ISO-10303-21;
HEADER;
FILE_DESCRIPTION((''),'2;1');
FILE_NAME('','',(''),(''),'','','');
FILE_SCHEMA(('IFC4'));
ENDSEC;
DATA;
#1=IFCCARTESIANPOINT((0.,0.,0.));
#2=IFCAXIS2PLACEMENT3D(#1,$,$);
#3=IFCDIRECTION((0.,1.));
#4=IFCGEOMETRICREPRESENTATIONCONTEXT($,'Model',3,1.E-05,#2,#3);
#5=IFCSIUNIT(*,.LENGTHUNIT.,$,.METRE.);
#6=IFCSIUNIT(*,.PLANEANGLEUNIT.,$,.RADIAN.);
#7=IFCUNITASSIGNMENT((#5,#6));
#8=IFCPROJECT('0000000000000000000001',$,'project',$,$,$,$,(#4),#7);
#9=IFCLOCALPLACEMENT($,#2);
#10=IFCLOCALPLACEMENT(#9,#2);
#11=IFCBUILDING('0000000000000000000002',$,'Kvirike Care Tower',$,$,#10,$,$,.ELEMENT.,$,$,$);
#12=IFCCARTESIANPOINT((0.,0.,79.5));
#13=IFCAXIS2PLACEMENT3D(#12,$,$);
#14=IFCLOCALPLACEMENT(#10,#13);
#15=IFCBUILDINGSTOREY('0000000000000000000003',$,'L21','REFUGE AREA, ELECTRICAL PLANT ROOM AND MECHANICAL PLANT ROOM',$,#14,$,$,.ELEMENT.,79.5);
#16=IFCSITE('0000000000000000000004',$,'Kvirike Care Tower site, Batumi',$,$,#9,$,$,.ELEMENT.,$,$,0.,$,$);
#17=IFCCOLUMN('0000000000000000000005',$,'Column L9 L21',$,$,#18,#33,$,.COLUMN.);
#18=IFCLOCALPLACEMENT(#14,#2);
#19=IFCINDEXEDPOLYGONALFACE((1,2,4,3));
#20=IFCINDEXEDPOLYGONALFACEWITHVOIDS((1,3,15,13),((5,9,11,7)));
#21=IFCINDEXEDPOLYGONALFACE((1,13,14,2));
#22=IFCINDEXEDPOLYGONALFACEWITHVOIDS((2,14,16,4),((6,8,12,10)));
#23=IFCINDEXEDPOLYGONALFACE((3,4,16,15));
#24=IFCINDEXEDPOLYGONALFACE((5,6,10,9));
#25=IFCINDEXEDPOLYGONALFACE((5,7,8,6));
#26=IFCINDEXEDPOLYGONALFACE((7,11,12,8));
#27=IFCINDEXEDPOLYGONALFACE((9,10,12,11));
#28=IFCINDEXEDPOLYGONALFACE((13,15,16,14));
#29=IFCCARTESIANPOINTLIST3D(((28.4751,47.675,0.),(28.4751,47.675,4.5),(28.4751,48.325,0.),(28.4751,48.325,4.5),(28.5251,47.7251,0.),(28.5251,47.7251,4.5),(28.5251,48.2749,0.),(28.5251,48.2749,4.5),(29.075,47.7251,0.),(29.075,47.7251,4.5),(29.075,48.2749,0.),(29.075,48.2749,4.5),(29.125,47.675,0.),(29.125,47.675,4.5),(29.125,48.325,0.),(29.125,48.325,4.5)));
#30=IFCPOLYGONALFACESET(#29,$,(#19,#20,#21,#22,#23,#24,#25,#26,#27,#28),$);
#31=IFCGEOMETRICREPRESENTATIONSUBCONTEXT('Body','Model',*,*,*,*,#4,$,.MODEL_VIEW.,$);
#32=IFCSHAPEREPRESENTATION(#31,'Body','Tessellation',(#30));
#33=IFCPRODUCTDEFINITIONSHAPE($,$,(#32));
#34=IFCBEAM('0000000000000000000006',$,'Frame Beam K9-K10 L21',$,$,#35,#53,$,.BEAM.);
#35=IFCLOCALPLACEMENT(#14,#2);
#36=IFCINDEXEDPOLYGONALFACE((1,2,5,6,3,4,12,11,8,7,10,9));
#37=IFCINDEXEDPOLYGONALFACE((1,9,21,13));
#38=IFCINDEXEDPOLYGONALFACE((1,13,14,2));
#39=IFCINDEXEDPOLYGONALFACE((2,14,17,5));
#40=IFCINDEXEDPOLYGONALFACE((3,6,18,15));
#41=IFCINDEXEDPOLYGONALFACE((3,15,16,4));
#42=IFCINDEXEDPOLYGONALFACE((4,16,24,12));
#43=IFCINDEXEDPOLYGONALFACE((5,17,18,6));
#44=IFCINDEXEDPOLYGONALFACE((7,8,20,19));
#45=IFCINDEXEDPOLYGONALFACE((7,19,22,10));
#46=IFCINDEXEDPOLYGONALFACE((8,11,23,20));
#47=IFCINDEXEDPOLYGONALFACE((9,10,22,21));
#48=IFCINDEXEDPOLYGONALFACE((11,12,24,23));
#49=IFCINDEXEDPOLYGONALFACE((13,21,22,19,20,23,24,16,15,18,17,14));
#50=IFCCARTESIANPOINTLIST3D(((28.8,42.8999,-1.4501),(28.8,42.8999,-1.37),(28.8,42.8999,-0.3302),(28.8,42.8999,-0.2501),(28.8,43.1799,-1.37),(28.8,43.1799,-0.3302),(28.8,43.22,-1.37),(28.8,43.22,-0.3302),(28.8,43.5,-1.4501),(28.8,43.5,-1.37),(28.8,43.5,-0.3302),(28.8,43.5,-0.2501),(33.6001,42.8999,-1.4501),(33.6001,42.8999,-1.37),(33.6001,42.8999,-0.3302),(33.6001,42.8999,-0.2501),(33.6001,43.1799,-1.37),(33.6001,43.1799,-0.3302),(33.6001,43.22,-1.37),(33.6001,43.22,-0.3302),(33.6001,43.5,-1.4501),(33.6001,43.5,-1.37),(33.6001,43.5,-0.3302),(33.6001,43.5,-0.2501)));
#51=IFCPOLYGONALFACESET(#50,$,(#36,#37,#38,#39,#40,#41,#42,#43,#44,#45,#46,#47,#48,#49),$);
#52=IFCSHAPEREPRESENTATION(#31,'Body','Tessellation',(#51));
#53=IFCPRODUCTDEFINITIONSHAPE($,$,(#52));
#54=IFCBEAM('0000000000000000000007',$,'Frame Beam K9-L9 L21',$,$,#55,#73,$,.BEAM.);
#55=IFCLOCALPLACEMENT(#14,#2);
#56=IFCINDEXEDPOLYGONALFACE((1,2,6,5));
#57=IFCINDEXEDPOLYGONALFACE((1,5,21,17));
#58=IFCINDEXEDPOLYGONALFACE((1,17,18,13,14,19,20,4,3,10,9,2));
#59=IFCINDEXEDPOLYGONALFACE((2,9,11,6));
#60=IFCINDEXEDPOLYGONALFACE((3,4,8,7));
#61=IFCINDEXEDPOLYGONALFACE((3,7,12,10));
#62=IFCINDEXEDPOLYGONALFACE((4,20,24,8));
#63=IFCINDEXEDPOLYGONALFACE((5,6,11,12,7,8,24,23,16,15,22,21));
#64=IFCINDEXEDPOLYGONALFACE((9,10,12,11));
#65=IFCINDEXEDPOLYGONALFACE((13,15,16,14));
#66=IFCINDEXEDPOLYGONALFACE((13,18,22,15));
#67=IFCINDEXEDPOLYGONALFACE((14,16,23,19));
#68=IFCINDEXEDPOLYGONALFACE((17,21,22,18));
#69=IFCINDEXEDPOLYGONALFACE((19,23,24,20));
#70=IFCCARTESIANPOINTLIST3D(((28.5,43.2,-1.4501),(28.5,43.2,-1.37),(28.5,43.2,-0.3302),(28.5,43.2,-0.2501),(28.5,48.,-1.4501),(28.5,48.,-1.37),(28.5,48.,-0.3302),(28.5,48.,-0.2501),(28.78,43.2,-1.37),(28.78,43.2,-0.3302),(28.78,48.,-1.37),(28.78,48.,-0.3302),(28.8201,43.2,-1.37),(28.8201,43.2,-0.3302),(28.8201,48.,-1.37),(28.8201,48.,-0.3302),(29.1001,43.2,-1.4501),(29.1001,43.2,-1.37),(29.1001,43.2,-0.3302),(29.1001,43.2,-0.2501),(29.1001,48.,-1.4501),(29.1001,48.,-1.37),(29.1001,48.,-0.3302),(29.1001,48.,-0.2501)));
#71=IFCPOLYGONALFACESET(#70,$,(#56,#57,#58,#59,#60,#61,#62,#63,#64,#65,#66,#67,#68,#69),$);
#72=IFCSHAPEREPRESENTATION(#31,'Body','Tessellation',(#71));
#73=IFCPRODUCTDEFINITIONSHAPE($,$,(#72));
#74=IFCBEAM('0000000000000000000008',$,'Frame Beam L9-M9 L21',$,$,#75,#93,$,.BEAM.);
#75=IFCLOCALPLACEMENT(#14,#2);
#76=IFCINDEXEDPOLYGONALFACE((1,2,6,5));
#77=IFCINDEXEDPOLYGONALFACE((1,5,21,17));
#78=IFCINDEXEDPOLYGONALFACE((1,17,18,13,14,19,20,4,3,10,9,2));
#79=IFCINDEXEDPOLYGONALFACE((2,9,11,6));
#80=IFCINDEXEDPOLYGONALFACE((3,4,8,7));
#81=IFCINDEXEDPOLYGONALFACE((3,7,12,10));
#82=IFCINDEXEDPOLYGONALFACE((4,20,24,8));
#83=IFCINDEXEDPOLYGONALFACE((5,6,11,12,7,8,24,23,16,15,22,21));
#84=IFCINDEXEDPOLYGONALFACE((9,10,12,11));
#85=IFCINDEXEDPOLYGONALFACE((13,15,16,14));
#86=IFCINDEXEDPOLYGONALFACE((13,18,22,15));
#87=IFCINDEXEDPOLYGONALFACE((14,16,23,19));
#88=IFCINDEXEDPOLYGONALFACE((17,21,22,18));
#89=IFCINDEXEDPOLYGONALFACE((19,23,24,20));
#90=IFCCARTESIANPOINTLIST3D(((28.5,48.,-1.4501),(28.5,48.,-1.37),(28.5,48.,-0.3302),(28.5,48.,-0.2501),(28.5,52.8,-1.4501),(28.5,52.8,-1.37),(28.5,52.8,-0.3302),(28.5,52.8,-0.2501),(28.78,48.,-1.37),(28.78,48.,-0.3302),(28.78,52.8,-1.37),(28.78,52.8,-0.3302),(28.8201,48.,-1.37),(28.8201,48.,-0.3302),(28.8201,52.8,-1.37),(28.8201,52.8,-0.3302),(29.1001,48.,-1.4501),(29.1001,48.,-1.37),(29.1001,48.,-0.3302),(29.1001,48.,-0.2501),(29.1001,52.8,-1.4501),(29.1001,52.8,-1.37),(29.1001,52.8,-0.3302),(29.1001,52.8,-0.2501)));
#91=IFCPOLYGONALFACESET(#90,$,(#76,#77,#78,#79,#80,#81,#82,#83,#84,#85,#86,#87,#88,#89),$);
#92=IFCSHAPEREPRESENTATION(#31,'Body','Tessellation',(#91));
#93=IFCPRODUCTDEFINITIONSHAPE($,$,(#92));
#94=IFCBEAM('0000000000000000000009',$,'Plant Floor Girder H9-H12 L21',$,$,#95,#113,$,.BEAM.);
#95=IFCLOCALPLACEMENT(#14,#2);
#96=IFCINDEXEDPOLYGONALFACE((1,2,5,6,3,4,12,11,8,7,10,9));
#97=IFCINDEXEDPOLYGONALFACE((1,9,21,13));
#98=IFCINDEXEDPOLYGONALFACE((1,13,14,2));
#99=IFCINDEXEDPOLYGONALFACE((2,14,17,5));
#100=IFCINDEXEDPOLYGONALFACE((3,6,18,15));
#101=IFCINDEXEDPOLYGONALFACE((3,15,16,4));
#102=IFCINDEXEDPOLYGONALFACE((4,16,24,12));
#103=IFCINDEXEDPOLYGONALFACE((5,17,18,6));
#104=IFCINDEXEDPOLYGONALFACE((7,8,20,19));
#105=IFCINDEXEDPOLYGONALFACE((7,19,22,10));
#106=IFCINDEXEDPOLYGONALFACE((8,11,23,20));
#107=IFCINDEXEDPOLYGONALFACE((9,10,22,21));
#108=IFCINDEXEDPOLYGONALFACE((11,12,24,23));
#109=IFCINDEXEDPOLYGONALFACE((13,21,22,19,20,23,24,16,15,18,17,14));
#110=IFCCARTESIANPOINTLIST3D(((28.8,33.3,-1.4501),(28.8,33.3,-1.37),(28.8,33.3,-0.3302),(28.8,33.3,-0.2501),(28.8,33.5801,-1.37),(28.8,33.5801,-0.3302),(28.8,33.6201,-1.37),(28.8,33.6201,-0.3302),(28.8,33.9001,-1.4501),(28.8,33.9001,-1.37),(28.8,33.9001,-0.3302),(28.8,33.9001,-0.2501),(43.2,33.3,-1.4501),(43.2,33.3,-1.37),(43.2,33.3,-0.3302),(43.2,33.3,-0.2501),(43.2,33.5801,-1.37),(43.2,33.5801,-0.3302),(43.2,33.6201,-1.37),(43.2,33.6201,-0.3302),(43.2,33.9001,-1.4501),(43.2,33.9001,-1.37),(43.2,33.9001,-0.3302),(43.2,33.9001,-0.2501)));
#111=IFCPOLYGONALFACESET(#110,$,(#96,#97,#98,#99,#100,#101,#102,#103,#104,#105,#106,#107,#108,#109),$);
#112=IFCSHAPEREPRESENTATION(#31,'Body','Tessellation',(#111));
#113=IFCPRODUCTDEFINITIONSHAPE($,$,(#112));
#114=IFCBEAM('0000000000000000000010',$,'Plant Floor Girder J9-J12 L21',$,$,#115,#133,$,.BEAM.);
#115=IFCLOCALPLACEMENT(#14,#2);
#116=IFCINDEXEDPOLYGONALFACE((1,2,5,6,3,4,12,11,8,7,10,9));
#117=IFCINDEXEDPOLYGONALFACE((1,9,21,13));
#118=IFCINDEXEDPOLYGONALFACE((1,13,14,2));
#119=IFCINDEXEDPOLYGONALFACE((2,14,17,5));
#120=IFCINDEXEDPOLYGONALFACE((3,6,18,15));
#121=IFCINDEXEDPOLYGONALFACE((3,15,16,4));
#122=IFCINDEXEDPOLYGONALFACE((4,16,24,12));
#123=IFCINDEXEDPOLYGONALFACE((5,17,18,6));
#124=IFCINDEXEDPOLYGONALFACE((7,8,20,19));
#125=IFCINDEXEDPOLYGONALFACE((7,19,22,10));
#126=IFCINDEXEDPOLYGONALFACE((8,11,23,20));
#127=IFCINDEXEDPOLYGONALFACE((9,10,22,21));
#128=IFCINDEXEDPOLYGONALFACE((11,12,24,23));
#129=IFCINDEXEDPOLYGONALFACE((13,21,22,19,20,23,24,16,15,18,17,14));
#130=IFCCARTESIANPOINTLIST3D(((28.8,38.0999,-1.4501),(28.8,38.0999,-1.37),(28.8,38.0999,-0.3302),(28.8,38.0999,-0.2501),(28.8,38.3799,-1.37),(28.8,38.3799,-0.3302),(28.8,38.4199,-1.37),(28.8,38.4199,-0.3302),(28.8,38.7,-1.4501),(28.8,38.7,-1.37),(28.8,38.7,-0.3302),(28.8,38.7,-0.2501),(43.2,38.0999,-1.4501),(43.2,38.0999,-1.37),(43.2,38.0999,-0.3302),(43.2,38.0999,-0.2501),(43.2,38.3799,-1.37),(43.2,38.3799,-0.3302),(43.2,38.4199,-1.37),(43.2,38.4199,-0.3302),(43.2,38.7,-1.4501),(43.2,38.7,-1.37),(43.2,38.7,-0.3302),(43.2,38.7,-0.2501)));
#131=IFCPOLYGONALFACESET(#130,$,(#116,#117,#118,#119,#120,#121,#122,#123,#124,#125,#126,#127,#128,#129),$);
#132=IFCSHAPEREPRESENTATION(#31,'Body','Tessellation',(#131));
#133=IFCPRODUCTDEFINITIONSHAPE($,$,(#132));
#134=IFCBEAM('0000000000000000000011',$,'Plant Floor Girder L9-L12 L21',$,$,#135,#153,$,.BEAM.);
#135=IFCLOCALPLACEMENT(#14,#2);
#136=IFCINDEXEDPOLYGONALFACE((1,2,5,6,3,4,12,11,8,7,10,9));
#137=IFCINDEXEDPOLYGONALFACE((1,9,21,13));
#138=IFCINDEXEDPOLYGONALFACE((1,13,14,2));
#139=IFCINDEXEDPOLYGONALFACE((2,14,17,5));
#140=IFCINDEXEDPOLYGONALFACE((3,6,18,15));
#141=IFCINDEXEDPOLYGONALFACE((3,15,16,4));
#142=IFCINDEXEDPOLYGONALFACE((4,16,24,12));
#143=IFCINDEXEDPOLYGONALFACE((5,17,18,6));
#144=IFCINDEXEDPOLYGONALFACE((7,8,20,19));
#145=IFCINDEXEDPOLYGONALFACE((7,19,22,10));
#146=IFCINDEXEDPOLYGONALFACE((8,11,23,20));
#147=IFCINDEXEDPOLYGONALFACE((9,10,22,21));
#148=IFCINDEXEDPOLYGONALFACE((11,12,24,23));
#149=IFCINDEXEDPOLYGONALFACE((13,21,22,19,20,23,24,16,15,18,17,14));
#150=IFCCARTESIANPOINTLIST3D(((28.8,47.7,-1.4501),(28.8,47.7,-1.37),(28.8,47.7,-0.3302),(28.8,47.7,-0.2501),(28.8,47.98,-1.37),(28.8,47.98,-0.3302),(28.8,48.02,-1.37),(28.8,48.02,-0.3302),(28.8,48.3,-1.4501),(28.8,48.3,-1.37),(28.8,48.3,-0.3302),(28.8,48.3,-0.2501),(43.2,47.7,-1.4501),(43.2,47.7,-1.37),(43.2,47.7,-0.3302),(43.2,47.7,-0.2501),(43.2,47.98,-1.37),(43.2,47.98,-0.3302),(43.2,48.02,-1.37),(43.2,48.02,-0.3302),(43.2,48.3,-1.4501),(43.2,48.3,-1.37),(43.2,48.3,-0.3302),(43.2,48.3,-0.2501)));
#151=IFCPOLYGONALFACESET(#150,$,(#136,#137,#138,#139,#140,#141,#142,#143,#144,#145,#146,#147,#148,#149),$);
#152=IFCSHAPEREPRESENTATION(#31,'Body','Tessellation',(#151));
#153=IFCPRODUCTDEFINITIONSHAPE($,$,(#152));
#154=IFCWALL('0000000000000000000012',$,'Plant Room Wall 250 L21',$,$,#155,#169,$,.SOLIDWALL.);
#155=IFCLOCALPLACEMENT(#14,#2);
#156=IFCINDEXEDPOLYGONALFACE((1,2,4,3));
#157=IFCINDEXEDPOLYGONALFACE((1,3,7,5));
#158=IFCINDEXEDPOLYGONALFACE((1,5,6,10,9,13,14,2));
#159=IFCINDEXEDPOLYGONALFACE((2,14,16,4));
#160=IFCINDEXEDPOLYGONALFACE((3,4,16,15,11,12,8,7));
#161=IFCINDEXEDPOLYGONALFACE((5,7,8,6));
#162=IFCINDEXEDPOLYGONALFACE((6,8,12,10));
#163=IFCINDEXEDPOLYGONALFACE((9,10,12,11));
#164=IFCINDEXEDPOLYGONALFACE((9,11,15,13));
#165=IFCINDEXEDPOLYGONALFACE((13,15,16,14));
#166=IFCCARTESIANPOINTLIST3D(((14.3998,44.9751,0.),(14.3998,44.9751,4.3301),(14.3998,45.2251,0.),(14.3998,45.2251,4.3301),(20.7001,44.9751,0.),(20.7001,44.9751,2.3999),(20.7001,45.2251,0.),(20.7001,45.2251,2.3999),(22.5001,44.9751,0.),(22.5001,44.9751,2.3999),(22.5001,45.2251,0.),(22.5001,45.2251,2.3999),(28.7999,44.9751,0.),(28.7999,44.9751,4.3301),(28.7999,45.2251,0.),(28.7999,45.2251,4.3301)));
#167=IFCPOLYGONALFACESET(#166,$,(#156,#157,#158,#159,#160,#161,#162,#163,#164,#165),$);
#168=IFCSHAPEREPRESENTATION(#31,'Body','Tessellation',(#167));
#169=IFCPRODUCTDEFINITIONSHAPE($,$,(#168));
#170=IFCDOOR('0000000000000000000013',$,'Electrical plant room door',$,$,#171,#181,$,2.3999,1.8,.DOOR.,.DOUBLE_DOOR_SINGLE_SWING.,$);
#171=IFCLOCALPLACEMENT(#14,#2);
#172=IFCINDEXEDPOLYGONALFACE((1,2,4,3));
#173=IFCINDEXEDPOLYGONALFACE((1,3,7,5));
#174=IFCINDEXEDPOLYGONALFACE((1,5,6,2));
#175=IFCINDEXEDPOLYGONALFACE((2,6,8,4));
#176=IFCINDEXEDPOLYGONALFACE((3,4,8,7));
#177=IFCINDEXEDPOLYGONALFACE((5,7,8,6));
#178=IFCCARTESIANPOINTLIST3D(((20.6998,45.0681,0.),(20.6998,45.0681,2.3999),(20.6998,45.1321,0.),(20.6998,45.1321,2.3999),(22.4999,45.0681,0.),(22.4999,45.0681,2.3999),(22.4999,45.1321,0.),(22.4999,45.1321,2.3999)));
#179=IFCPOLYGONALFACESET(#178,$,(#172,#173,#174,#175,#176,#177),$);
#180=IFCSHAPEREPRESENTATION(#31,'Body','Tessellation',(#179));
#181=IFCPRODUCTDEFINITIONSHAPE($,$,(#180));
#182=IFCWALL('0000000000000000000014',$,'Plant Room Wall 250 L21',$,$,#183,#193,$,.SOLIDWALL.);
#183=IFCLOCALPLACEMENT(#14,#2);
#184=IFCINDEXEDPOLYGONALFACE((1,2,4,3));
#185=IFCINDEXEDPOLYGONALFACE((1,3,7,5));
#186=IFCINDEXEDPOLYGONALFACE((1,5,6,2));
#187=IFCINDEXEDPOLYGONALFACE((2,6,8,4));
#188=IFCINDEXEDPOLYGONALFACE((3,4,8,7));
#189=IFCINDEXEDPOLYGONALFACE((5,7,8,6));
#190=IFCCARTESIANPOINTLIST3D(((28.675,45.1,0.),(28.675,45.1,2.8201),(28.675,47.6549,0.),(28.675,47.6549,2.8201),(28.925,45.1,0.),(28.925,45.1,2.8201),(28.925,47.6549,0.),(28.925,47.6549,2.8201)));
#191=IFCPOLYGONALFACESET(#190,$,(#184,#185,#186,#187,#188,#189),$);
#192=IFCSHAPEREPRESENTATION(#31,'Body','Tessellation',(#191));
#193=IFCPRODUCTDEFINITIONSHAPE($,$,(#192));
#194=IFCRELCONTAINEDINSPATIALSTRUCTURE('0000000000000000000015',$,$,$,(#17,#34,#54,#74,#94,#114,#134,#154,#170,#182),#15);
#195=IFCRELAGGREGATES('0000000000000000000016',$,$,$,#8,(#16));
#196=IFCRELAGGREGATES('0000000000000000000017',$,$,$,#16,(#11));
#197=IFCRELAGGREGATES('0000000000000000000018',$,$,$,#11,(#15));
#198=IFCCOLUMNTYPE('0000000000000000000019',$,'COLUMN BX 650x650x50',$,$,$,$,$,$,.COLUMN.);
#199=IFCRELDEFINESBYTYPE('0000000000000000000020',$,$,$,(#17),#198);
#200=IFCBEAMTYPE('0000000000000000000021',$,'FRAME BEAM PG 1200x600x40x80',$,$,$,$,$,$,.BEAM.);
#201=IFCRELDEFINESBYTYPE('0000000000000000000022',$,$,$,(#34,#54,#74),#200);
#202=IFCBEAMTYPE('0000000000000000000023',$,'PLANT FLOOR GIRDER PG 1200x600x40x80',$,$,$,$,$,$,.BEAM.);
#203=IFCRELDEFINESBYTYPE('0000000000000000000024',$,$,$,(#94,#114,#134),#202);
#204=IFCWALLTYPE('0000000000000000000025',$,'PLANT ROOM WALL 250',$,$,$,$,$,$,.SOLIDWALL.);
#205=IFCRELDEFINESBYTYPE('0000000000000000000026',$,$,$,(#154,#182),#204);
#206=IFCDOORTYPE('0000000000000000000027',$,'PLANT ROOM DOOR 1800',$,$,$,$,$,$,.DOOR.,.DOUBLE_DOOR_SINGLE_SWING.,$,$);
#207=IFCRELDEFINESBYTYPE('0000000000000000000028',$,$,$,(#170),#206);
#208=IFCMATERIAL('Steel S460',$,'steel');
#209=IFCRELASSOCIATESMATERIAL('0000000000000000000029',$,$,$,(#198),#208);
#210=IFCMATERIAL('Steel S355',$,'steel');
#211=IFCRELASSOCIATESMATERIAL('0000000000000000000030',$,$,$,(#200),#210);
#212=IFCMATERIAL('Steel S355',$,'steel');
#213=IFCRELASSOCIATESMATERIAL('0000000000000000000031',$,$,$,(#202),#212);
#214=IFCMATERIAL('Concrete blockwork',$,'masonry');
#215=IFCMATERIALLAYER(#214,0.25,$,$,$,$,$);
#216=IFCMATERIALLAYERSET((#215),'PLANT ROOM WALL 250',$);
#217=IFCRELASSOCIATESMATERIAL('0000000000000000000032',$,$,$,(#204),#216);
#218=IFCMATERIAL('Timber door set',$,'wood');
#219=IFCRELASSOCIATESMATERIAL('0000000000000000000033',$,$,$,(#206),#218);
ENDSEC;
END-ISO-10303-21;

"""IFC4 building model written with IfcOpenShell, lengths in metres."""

from ifc_helpers import new_model, si_unit, direction, frame, frame_2d, origin, origin_2d, place, context, subcontext, project, spatial, rectangle, hollow_rectangle, i_section, extrude, material, layer, layer_set, material_profile, profile_set, type_object, element, fill, save


model = new_model("IFC4")

# Units and contexts
model_context = context("Model", 3, precision=1e-05, world=origin(), true_north=direction((0.0, 1.0)))
body_context = subcontext(model_context, "Body", "Model", "MODEL_VIEW")
ifc_project = project(units=[si_unit("LENGTHUNIT", "METRE"), si_unit("PLANEANGLEUNIT", "RADIAN")], contexts=[model_context])

# Site, building, storey
site_placement = place(None, origin())
site = spatial("IfcSite", under=ifc_project, at=site_placement, Name="Kvirike Care Tower site, Batumi", CompositionType="ELEMENT", RefElevation=0.0)
building_placement = place(site_placement, origin())
building = spatial("IfcBuilding", under=site, at=building_placement, Name="Kvirike Care Tower", CompositionType="ELEMENT")
storey_placement = place(building_placement, frame((0.0, 0.0, 79.5)))
storey = spatial("IfcBuildingStorey", under=building, at=storey_placement, Name="L21", Description="REFUGE AREA, ELECTRICAL PLANT ROOM AND MECHANICAL PLANT ROOM", CompositionType="ELEMENT", Elevation=79.5)

# Column
ifc_material_1 = material(Name="Steel S460", Category="steel")
ifc_material_profile_1 = material_profile(ifc_material_1, hollow_rectangle(XDim=0.6499, YDim=0.6499, WallThickness=0.05, at=origin_2d()), Name="BX 650x650x50")
ifc_profile_set_1 = profile_set([ifc_material_profile_1], Name="Steel S460")
column_type = type_object("IfcColumnType", Name="COLUMN BX 650x650x50", PredefinedType="COLUMN", material=ifc_profile_set_1)
column_placement = place(storey_placement, frame((28.8, 48.0, 0.0), z_axis=(0.0, 0.0, 1.0), x_axis=(1.0, 0.0, 0.0)))
element("IfcColumn", 1, at=column_placement, inside=storey, type_object=column_type, Name="Column L9 L21", PredefinedType="COLUMN", context=body_context, shape_type="SweptSolid", body=[
    extrude(hollow_rectangle(XDim=0.6499, YDim=0.6499, WallThickness=0.05, at=origin_2d()), origin(), (0.0, 0.0, 1.0), 4.5),
])

# Beams
ifc_material_2 = material(Name="Steel S355", Category="steel")
ifc_material_profile_2 = material_profile(ifc_material_2, i_section(OverallWidth=0.6001, OverallDepth=1.2, WebThickness=0.04, FlangeThickness=0.0801, at=origin_2d()), Name="PG 1200x600x40x80")
ifc_profile_set_2 = profile_set([ifc_material_profile_2], Name="Steel S355")
beam_type_1 = type_object("IfcBeamType", Name="FRAME BEAM PG 1200x600x40x80", PredefinedType="BEAM", material=ifc_profile_set_2)
for number, where, z_axis, x_axis, name in (
    (2, (28.8, 43.2, -0.8501), (1.0, 0.0, 0.0), (0.0, 1.0, 0.0), "Frame Beam K9-K10 L21"),
    (3, (28.8, 43.2, -0.8501), (0.0, 1.0, 0.0), (-1.0, 0.0, 0.0), "Frame Beam K9-L9 L21"),
    (4, (28.8, 48.0, -0.8501), (0.0, 1.0, 0.0), (-1.0, 0.0, 0.0), "Frame Beam L9-M9 L21"),
):
    element("IfcBeam", number, at=place(storey_placement, frame(where, z_axis=z_axis, x_axis=x_axis)), inside=storey, type_object=beam_type_1, Name=name, PredefinedType="BEAM", context=body_context, shape_type="SweptSolid", body=[
        extrude(i_section(OverallWidth=0.6001, OverallDepth=1.2, WebThickness=0.04, FlangeThickness=0.0801, at=origin_2d()), origin(), (0.0, 0.0, 1.0), 4.8),
    ])
ifc_material_3 = material(Name="Steel S355", Category="steel")
ifc_material_profile_3 = material_profile(ifc_material_3, i_section(OverallWidth=0.6001, OverallDepth=1.2, WebThickness=0.04, FlangeThickness=0.0801, at=origin_2d()), Name="PG 1200x600x40x80")
ifc_profile_set_3 = profile_set([ifc_material_profile_3], Name="Steel S355")
beam_type_2 = type_object("IfcBeamType", Name="PLANT FLOOR GIRDER PG 1200x600x40x80", PredefinedType="BEAM", material=ifc_profile_set_3)
for number, where, z_axis, x_axis, name in (
    (5, (28.8, 33.6001, -0.8501), (1.0, 0.0, 0.0), (0.0, 1.0, 0.0), "Plant Floor Girder H9-H12 L21"),
    (6, (28.8, 38.3999, -0.8501), (1.0, 0.0, 0.0), (0.0, 1.0, 0.0), "Plant Floor Girder J9-J12 L21"),
    (7, (28.8, 48.0, -0.8501), (1.0, 0.0, 0.0), (0.0, 1.0, 0.0), "Plant Floor Girder L9-L12 L21"),
):
    element("IfcBeam", number, at=place(storey_placement, frame(where, z_axis=z_axis, x_axis=x_axis)), inside=storey, type_object=beam_type_2, Name=name, PredefinedType="BEAM", context=body_context, shape_type="SweptSolid", body=[
        extrude(i_section(OverallWidth=0.6001, OverallDepth=1.2, WebThickness=0.04, FlangeThickness=0.0801, at=origin_2d()), origin(), (0.0, 0.0, 1.0), 14.3999),
    ])

# Wall, opening, door
ifc_material_4 = material(Name="Concrete blockwork", Category="masonry")
ifc_layer_1 = layer(ifc_material_4, 0.25)
ifc_layer_set_1 = layer_set([ifc_layer_1], Name="PLANT ROOM WALL 250")
wall_type_1 = type_object("IfcWallType", Name="PLANT ROOM WALL 250", PredefinedType="SOLIDWALL", material=ifc_layer_set_1)
wall_1_placement = place(storey_placement, frame((28.8, 45.1001, 0.0), z_axis=(0.0, 0.0, 1.0), x_axis=(-1.0, 0.0, 0.0)))
wall_1 = element("IfcWall", 8, at=wall_1_placement, inside=storey, type_object=wall_type_1, Name="Plant Room Wall 250 L21", PredefinedType="SOLIDWALL", context=body_context, shape_type="SweptSolid", body=[
    extrude(rectangle(XDim=14.4001, YDim=0.25, at=frame_2d((7.2002, 0.0))), origin(), (0.0, 0.0, 1.0), 4.3301),
])
opening_1_placement = place(wall_1_placement, frame((6.3, 0.0, 0.0)))
opening_1 = element("IfcOpeningElement", 9, at=opening_1_placement, cuts=wall_1, PredefinedType="OPENING", context=body_context, shape_type="SweptSolid", body=[
    extrude(rectangle(XDim=1.8, YDim=2.3999, at=frame_2d((0.8999, 1.2))), frame((0.0, 0.1355, 0.0), z_axis=(0.0, -1.0, 0.0), x_axis=(1.0, 0.0, 0.0)), (0.0, 0.0, 1.0), 0.271),
])
ifc_material_5 = material(Name="Timber door set", Category="wood")
door_type_1 = type_object("IfcDoorType", Name="PLANT ROOM DOOR 1800", OperationType="DOUBLE_DOOR_SINGLE_SWING", PredefinedType="DOOR", material=ifc_material_5)
door_1_placement = place(opening_1_placement, frame((1.8, 0.0, 0.0), z_axis=(0.0, 0.0, 1.0), x_axis=(-1.0, 0.0, 0.0)))
door_1 = element("IfcDoor", 10, at=door_1_placement, inside=storey, type_object=door_type_1, Name="Electrical plant room door", OperationType="DOUBLE_DOOR_SINGLE_SWING", OverallHeight=2.3999, OverallWidth=1.8, PredefinedType="DOOR", context=body_context, shape_type="SweptSolid", body=[
    extrude(rectangle(XDim=1.8, YDim=2.3999, at=frame_2d((0.8999, 1.2))), frame((0.0, 0.032, 0.0), z_axis=(0.0, -1.0, 0.0), x_axis=(1.0, 0.0, 0.0)), (0.0, 0.0, 1.0), 0.064),
])
fill(opening_1, door_1)

# Wall
wall_2_placement = place(storey_placement, frame((28.8, 45.1001, 0.0), z_axis=(0.0, 0.0, 1.0), x_axis=(0.0, 1.0, 0.0)))
element("IfcWall", 11, at=wall_2_placement, inside=storey, type_object=wall_type_1, Name="Plant Room Wall 250 L21", PredefinedType="SOLIDWALL", context=body_context, shape_type="SweptSolid", body=[
    extrude(rectangle(XDim=2.5549, YDim=0.25, at=frame_2d((1.2773, 0.0))), origin(), (0.0, 0.0, 1.0), 2.8201),
])

save(model, "model.ifc")
